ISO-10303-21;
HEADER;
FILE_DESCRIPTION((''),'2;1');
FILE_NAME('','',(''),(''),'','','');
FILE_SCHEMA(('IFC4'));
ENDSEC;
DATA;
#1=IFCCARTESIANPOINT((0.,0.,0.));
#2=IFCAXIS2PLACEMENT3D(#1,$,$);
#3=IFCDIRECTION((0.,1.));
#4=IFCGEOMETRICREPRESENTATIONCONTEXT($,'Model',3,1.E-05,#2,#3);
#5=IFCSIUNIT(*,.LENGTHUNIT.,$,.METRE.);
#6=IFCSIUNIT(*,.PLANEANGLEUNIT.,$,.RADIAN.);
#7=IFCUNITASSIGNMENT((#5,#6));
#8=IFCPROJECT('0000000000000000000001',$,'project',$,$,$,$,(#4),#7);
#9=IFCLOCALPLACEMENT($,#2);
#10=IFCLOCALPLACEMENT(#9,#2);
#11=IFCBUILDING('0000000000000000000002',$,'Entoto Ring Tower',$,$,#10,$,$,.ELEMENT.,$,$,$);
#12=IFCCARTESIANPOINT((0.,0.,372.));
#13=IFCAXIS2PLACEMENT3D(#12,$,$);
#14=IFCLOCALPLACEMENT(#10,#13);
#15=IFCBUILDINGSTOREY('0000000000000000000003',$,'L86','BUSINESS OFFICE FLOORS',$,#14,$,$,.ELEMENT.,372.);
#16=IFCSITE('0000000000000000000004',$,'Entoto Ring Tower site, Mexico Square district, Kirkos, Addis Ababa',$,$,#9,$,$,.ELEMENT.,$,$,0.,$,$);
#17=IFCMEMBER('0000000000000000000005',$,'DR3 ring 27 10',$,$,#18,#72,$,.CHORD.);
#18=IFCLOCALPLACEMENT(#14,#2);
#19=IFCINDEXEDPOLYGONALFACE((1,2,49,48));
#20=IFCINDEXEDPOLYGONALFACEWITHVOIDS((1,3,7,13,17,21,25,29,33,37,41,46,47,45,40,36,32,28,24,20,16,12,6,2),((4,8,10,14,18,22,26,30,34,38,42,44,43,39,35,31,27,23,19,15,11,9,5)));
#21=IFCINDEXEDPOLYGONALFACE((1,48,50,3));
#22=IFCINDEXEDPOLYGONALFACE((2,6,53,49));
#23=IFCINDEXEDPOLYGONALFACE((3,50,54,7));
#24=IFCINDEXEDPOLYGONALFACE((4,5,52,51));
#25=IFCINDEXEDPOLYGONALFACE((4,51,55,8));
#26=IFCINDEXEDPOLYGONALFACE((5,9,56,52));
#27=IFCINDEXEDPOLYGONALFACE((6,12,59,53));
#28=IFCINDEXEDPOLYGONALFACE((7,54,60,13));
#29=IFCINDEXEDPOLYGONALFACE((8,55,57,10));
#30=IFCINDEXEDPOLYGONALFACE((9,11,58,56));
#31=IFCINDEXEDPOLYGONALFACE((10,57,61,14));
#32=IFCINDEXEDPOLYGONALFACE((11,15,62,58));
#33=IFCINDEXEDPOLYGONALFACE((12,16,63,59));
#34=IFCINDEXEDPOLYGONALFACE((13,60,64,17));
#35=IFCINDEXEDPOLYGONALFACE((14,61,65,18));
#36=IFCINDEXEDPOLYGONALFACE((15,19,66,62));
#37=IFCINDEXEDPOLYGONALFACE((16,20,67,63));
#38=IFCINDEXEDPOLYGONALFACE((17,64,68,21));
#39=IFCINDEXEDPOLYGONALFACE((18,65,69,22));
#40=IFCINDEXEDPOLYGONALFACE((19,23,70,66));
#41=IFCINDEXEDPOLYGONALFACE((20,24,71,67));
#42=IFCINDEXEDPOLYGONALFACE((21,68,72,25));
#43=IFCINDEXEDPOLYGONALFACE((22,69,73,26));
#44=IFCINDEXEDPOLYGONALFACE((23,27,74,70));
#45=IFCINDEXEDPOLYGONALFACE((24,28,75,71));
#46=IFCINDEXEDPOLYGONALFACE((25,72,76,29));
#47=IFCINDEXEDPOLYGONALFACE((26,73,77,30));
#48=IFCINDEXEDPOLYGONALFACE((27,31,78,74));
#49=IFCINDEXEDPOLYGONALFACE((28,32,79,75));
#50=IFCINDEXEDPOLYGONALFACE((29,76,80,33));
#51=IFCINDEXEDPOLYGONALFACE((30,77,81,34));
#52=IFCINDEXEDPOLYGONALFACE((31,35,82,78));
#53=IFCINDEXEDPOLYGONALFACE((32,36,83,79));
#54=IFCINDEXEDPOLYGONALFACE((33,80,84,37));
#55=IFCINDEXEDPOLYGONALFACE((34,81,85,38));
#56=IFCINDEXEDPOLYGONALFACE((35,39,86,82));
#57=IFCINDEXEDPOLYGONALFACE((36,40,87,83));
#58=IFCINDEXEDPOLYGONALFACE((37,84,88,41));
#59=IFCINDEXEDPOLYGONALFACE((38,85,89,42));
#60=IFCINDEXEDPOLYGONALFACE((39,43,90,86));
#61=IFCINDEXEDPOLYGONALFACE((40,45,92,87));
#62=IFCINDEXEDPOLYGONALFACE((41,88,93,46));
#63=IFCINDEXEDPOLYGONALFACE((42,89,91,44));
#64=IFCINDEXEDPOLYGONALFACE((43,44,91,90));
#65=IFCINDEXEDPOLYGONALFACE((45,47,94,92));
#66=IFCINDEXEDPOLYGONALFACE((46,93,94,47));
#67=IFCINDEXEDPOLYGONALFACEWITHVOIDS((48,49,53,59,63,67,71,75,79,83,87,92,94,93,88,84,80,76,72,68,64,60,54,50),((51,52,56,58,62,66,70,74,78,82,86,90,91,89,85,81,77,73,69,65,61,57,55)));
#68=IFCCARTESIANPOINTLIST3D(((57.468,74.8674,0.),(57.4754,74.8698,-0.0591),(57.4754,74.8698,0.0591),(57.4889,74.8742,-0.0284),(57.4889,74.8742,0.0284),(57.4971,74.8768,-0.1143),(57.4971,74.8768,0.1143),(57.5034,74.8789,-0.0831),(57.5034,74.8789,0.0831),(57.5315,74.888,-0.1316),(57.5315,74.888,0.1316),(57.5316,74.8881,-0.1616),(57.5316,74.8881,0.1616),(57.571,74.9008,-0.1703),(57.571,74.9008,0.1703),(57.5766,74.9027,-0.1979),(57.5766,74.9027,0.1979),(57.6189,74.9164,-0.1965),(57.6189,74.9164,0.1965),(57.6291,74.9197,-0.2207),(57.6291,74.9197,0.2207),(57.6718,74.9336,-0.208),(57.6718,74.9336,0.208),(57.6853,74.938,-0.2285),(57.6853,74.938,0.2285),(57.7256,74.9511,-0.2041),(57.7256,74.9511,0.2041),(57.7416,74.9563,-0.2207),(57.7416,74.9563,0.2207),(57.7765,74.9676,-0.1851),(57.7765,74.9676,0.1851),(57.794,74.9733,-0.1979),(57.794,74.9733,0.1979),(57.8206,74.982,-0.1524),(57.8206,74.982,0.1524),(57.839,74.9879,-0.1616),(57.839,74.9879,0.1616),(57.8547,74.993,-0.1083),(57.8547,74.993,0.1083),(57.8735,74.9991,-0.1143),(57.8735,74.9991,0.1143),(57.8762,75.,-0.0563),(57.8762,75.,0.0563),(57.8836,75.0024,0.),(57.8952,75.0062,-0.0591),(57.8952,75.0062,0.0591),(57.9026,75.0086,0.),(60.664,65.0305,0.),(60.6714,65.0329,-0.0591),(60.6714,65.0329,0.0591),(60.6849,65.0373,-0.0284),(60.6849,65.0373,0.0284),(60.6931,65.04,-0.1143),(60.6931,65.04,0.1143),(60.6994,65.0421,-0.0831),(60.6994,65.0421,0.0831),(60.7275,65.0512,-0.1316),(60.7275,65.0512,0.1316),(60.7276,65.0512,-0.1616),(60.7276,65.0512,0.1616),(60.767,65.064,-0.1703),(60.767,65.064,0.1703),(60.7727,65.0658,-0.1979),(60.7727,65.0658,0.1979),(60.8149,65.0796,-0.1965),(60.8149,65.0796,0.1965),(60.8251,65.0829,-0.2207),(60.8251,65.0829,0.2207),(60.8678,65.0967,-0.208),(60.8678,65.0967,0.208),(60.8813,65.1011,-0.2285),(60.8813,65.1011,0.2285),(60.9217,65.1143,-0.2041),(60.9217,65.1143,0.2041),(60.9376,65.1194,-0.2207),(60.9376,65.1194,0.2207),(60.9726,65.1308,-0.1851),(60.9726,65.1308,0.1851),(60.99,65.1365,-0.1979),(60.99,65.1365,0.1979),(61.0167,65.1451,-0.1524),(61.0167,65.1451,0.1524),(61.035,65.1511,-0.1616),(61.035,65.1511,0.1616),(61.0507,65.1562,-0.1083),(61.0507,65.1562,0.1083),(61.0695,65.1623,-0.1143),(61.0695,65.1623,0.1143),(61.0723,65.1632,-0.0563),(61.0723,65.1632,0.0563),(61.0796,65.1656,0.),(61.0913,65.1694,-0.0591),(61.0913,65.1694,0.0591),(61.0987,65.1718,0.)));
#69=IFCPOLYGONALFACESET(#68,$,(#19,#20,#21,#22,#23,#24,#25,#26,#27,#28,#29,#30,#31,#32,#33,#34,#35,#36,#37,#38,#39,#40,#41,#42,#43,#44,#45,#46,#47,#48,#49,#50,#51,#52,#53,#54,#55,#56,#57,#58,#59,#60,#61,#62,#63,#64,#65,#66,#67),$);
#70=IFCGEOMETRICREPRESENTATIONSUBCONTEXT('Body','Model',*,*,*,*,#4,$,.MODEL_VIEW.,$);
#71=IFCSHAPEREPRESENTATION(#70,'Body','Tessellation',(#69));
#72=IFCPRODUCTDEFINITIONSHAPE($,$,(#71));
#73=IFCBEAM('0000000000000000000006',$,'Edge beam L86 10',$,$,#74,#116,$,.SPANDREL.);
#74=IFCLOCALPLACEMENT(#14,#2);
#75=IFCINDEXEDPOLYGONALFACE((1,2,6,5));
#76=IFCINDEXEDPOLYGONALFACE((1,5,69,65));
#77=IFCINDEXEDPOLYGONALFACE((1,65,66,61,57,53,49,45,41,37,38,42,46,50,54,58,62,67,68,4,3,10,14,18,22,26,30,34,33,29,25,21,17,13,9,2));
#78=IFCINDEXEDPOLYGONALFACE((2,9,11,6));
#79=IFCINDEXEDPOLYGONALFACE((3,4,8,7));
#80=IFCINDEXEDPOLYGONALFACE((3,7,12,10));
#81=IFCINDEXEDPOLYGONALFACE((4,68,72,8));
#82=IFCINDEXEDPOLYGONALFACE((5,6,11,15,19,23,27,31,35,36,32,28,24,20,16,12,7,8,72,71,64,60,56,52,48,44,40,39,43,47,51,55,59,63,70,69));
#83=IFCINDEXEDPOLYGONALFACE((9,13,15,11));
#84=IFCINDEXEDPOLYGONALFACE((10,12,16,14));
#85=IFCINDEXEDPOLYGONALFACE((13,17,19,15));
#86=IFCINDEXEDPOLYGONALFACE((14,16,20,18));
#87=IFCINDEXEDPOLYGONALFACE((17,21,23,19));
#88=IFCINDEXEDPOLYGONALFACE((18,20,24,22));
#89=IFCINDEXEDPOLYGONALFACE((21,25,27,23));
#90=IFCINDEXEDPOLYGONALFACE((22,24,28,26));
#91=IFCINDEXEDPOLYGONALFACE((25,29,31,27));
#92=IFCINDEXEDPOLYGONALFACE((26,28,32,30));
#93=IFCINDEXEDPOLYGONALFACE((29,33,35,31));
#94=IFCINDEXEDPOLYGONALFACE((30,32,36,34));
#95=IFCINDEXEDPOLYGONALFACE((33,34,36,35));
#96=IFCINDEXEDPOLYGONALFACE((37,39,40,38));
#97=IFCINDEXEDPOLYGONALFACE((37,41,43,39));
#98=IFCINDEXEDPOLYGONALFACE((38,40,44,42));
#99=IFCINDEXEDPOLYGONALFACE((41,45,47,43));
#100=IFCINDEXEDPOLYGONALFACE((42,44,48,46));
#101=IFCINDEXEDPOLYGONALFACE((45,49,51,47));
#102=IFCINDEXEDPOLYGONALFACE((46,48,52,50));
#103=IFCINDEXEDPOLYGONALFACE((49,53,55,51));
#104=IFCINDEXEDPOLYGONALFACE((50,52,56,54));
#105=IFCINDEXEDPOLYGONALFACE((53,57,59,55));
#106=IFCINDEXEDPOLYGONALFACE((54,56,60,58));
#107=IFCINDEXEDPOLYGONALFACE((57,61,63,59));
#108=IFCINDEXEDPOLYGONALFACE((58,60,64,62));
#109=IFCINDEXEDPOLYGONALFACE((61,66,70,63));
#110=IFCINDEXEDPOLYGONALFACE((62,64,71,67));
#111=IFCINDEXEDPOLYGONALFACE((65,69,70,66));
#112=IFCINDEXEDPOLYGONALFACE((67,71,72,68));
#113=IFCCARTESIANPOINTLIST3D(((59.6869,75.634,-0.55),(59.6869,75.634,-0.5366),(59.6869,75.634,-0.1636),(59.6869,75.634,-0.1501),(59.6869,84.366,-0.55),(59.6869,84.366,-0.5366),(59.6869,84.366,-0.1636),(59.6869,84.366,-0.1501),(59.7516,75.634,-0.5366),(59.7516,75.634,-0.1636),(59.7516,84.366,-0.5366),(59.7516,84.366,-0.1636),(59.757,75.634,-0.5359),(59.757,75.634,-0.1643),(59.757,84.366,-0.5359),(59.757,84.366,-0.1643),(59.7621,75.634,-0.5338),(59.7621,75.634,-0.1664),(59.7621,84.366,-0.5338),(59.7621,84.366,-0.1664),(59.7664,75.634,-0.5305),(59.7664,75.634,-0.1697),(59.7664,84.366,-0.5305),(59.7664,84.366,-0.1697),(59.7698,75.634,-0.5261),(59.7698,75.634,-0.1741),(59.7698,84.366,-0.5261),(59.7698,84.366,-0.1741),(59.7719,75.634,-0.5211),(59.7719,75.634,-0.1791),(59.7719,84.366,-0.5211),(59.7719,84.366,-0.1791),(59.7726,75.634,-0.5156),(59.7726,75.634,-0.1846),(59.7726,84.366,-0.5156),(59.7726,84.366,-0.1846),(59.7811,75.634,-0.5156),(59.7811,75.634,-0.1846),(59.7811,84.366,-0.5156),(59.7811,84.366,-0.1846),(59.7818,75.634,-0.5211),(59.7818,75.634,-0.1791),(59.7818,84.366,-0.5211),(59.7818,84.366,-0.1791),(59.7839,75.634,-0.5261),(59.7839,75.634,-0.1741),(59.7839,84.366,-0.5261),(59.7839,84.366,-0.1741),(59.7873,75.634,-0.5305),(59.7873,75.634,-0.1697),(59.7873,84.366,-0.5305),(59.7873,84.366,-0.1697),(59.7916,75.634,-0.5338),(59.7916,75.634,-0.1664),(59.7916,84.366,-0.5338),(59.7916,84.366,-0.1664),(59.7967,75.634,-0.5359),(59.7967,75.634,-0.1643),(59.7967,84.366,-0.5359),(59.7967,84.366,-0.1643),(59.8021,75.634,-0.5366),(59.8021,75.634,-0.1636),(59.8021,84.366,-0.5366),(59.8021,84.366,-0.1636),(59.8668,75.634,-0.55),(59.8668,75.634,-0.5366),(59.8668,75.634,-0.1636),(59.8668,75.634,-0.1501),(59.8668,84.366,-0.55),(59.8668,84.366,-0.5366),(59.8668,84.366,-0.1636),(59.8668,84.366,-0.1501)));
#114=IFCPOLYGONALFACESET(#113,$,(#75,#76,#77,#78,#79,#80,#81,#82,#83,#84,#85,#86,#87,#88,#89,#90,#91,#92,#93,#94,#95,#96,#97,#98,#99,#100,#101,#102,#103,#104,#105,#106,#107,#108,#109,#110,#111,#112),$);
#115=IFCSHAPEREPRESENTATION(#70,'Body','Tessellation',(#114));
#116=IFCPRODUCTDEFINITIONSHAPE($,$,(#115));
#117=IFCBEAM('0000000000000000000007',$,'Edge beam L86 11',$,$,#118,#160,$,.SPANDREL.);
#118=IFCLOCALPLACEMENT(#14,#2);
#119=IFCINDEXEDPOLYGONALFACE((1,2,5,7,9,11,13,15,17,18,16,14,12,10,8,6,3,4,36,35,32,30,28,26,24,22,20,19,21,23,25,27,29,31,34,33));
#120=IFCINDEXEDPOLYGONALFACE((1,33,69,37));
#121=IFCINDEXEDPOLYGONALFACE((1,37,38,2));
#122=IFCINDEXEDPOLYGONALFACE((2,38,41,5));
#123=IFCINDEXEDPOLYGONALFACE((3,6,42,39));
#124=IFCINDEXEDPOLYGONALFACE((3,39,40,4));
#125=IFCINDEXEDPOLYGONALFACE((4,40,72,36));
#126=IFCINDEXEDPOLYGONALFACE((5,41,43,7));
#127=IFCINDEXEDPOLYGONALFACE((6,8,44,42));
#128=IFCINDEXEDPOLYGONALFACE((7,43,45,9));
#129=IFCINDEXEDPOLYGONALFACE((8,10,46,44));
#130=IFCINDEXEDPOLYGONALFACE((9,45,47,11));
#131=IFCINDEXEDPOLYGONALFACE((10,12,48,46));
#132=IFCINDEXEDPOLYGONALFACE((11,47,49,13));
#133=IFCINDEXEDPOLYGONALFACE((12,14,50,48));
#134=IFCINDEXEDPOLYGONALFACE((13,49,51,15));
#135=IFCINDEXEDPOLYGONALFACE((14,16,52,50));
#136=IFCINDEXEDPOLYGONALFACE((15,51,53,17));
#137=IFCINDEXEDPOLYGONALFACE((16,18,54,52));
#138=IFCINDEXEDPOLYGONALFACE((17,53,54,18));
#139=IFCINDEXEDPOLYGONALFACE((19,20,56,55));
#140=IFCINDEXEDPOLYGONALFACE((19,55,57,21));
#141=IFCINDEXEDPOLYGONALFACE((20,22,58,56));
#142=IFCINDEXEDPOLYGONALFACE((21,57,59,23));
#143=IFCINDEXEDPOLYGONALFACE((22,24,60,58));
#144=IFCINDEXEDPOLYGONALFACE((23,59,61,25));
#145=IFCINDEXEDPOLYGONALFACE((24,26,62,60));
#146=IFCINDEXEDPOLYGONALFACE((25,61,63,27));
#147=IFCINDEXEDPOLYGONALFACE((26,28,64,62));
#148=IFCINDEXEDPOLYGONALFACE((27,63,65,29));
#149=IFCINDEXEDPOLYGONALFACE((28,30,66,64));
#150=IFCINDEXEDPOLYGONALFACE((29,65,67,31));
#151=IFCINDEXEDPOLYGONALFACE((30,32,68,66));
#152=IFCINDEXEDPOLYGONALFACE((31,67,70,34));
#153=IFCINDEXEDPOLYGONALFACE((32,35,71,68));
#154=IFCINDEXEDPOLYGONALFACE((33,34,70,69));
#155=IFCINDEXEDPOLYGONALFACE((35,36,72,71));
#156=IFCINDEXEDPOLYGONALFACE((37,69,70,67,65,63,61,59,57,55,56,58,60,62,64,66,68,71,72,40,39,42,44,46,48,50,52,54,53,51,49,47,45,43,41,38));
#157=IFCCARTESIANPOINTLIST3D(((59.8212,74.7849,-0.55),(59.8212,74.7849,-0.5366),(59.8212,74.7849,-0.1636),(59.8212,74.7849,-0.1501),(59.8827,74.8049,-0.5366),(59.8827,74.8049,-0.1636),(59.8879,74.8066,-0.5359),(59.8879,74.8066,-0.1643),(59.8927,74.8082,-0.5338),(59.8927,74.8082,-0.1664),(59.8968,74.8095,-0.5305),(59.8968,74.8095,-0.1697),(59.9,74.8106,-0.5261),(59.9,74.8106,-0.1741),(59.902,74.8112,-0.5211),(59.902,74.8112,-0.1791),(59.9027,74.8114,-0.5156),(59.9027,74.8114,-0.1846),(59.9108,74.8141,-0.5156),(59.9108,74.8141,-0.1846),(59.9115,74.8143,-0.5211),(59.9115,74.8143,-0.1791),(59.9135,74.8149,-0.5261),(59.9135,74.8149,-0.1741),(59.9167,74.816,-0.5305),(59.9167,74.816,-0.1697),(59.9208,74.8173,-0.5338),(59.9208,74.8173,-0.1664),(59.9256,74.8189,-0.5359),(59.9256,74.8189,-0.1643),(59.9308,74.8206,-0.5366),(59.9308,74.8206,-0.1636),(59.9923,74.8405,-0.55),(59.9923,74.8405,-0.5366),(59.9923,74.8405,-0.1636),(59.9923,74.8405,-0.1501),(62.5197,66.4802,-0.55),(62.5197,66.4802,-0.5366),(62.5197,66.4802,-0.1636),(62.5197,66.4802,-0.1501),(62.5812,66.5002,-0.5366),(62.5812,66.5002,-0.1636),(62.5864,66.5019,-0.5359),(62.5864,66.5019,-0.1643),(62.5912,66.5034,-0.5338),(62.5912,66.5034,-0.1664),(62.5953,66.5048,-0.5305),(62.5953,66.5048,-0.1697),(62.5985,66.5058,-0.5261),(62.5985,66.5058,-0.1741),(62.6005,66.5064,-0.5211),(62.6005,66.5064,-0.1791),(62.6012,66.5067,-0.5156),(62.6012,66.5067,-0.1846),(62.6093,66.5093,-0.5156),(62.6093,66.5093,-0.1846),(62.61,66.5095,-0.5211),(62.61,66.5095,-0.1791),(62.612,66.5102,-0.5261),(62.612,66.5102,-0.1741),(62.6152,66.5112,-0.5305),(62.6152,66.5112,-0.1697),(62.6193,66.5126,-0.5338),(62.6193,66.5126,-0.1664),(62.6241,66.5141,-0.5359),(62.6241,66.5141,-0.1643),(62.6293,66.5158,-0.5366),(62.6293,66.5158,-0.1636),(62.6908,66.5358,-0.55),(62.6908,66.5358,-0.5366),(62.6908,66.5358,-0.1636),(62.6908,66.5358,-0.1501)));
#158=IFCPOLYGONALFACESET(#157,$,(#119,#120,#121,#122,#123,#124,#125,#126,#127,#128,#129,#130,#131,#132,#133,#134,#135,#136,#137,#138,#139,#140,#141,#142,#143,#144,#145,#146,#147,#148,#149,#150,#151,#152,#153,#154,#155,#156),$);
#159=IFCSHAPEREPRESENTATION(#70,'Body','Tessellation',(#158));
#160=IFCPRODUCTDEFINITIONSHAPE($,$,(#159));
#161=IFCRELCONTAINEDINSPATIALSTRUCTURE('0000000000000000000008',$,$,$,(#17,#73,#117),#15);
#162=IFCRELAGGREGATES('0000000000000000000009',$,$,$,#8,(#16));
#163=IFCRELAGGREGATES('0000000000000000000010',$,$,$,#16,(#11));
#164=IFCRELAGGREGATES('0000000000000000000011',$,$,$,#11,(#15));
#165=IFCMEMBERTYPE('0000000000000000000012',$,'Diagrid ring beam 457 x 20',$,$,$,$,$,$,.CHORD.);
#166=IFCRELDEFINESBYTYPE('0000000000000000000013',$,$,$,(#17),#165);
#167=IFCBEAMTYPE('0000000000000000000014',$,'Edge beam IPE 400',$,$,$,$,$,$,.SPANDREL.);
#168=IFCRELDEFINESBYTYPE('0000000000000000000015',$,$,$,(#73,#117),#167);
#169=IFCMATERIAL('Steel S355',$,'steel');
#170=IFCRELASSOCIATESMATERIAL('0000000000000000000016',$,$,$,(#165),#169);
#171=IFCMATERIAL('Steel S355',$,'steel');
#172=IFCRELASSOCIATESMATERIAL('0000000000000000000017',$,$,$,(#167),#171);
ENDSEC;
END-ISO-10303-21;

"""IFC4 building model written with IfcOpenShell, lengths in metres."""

from ifc_helpers import new_model, si_unit, direction, frame, origin, origin_2d, place, context, subcontext, project, spatial, circle, hollow_circle, i_section, extrude, material, material_profile, profile_set, type_object, element, save


model = new_model("IFC4")

# Units and contexts
model_context = context("Model", 3, precision=1e-05, world=origin(), true_north=direction((0.0, 1.0)))
body_context = subcontext(model_context, "Body", "Model", "MODEL_VIEW")
ifc_project = project(units=[si_unit("LENGTHUNIT", "METRE"), si_unit("PLANEANGLEUNIT", "RADIAN")], contexts=[model_context])

# Site, building, storey
site_placement = place(None, origin())
site = spatial("IfcSite", under=ifc_project, at=site_placement, Name="Entoto Ring Tower site, Mexico Square district, Kirkos, Addis Ababa", CompositionType="ELEMENT", RefElevation=0.0)
building_placement = place(site_placement, origin())
building = spatial("IfcBuilding", under=site, at=building_placement, Name="Entoto Ring Tower", CompositionType="ELEMENT")
storey_placement = place(building_placement, frame((0.0, 0.0, 372.0)))
storey = spatial("IfcBuildingStorey", under=building, at=storey_placement, Name="L86", Description="BUSINESS OFFICE FLOORS", CompositionType="ELEMENT", Elevation=372.0)

# Member
ifc_material_1 = material(Name="Steel S355", Category="steel")
ifc_material_profile_1 = material_profile(ifc_material_1, hollow_circle(Radius=0.2285, WallThickness=0.02, at=origin_2d()), Name="CHS 457 x 20")
ifc_material_2 = material(Name="Concrete C60/75", Category="concrete")
ifc_material_profile_2 = material_profile(ifc_material_2, circle(Radius=0.2085, at=origin_2d()), Name="Concrete C60/75 infill")
ifc_profile_set_1 = profile_set([ifc_material_profile_1, ifc_material_profile_2], Name="Steel S355")
member_type = type_object("IfcMemberType", Name="Diagrid ring beam 457 x 20", PredefinedType="CHORD", material=ifc_profile_set_1)
member_placement = place(storey_placement, frame((57.6853, 74.938, 0.0), z_axis=(0.309003, -0.951061, 0.0), x_axis=(0.951061, 0.309003, 0.0)))
element("IfcMember", 1, at=member_placement, inside=storey, type_object=member_type, Name="DR3 ring 27 10", PredefinedType="CHORD", context=body_context, shape_type="SweptSolid", body=[
    extrude(hollow_circle(Radius=0.2285, WallThickness=0.02, at=origin_2d()), origin(), (0.0, 0.0, 1.0), 10.343),
])

# Beams
ifc_material_3 = material(Name="Steel S355", Category="steel")
ifc_material_profile_3 = material_profile(ifc_material_3, i_section(OverallWidth=0.1799, OverallDepth=0.3999, WebThickness=0.0085, FlangeThickness=0.0134, FilletRadius=0.021, at=origin_2d()), Name="IPE 400")
ifc_profile_set_2 = profile_set([ifc_material_profile_3], Name="Steel S355")
beam_type_1 = type_object("IfcBeamType", Name="Edge beam IPE 400", PredefinedType="SPANDREL", material=ifc_profile_set_2)
beam_1_placement = place(storey_placement, frame((59.7769, 84.366, -0.3501), z_axis=(0.0, -1.0, 0.0), x_axis=(1.0, 0.0, 0.0)))
element("IfcBeam", 2, at=beam_1_placement, inside=storey, type_object=beam_type_1, Name="Edge beam L86 10", PredefinedType="SPANDREL", context=body_context, shape_type="SweptSolid", body=[
    extrude(i_section(OverallWidth=0.1799, OverallDepth=0.3999, WebThickness=0.0085, FlangeThickness=0.0134, FilletRadius=0.021, at=origin_2d()), origin(), (0.0, 0.0, 1.0), 8.7319),
])
beam_2_placement = place(storey_placement, frame((59.9067, 74.8127, -0.3501), z_axis=(0.30903, -0.951052, 0.0), x_axis=(0.951052, 0.30903, 0.0)))
element("IfcBeam", 3, at=beam_2_placement, inside=storey, type_object=beam_type_1, Name="Edge beam L86 11", PredefinedType="SPANDREL", context=body_context, shape_type="SweptSolid", body=[
    extrude(i_section(OverallWidth=0.1799, OverallDepth=0.3999, WebThickness=0.0085, FlangeThickness=0.0134, FilletRadius=0.021, at=origin_2d()), origin(), (0.0, 0.0, 1.0), 8.7322),
])

save(model, "model.ifc")
